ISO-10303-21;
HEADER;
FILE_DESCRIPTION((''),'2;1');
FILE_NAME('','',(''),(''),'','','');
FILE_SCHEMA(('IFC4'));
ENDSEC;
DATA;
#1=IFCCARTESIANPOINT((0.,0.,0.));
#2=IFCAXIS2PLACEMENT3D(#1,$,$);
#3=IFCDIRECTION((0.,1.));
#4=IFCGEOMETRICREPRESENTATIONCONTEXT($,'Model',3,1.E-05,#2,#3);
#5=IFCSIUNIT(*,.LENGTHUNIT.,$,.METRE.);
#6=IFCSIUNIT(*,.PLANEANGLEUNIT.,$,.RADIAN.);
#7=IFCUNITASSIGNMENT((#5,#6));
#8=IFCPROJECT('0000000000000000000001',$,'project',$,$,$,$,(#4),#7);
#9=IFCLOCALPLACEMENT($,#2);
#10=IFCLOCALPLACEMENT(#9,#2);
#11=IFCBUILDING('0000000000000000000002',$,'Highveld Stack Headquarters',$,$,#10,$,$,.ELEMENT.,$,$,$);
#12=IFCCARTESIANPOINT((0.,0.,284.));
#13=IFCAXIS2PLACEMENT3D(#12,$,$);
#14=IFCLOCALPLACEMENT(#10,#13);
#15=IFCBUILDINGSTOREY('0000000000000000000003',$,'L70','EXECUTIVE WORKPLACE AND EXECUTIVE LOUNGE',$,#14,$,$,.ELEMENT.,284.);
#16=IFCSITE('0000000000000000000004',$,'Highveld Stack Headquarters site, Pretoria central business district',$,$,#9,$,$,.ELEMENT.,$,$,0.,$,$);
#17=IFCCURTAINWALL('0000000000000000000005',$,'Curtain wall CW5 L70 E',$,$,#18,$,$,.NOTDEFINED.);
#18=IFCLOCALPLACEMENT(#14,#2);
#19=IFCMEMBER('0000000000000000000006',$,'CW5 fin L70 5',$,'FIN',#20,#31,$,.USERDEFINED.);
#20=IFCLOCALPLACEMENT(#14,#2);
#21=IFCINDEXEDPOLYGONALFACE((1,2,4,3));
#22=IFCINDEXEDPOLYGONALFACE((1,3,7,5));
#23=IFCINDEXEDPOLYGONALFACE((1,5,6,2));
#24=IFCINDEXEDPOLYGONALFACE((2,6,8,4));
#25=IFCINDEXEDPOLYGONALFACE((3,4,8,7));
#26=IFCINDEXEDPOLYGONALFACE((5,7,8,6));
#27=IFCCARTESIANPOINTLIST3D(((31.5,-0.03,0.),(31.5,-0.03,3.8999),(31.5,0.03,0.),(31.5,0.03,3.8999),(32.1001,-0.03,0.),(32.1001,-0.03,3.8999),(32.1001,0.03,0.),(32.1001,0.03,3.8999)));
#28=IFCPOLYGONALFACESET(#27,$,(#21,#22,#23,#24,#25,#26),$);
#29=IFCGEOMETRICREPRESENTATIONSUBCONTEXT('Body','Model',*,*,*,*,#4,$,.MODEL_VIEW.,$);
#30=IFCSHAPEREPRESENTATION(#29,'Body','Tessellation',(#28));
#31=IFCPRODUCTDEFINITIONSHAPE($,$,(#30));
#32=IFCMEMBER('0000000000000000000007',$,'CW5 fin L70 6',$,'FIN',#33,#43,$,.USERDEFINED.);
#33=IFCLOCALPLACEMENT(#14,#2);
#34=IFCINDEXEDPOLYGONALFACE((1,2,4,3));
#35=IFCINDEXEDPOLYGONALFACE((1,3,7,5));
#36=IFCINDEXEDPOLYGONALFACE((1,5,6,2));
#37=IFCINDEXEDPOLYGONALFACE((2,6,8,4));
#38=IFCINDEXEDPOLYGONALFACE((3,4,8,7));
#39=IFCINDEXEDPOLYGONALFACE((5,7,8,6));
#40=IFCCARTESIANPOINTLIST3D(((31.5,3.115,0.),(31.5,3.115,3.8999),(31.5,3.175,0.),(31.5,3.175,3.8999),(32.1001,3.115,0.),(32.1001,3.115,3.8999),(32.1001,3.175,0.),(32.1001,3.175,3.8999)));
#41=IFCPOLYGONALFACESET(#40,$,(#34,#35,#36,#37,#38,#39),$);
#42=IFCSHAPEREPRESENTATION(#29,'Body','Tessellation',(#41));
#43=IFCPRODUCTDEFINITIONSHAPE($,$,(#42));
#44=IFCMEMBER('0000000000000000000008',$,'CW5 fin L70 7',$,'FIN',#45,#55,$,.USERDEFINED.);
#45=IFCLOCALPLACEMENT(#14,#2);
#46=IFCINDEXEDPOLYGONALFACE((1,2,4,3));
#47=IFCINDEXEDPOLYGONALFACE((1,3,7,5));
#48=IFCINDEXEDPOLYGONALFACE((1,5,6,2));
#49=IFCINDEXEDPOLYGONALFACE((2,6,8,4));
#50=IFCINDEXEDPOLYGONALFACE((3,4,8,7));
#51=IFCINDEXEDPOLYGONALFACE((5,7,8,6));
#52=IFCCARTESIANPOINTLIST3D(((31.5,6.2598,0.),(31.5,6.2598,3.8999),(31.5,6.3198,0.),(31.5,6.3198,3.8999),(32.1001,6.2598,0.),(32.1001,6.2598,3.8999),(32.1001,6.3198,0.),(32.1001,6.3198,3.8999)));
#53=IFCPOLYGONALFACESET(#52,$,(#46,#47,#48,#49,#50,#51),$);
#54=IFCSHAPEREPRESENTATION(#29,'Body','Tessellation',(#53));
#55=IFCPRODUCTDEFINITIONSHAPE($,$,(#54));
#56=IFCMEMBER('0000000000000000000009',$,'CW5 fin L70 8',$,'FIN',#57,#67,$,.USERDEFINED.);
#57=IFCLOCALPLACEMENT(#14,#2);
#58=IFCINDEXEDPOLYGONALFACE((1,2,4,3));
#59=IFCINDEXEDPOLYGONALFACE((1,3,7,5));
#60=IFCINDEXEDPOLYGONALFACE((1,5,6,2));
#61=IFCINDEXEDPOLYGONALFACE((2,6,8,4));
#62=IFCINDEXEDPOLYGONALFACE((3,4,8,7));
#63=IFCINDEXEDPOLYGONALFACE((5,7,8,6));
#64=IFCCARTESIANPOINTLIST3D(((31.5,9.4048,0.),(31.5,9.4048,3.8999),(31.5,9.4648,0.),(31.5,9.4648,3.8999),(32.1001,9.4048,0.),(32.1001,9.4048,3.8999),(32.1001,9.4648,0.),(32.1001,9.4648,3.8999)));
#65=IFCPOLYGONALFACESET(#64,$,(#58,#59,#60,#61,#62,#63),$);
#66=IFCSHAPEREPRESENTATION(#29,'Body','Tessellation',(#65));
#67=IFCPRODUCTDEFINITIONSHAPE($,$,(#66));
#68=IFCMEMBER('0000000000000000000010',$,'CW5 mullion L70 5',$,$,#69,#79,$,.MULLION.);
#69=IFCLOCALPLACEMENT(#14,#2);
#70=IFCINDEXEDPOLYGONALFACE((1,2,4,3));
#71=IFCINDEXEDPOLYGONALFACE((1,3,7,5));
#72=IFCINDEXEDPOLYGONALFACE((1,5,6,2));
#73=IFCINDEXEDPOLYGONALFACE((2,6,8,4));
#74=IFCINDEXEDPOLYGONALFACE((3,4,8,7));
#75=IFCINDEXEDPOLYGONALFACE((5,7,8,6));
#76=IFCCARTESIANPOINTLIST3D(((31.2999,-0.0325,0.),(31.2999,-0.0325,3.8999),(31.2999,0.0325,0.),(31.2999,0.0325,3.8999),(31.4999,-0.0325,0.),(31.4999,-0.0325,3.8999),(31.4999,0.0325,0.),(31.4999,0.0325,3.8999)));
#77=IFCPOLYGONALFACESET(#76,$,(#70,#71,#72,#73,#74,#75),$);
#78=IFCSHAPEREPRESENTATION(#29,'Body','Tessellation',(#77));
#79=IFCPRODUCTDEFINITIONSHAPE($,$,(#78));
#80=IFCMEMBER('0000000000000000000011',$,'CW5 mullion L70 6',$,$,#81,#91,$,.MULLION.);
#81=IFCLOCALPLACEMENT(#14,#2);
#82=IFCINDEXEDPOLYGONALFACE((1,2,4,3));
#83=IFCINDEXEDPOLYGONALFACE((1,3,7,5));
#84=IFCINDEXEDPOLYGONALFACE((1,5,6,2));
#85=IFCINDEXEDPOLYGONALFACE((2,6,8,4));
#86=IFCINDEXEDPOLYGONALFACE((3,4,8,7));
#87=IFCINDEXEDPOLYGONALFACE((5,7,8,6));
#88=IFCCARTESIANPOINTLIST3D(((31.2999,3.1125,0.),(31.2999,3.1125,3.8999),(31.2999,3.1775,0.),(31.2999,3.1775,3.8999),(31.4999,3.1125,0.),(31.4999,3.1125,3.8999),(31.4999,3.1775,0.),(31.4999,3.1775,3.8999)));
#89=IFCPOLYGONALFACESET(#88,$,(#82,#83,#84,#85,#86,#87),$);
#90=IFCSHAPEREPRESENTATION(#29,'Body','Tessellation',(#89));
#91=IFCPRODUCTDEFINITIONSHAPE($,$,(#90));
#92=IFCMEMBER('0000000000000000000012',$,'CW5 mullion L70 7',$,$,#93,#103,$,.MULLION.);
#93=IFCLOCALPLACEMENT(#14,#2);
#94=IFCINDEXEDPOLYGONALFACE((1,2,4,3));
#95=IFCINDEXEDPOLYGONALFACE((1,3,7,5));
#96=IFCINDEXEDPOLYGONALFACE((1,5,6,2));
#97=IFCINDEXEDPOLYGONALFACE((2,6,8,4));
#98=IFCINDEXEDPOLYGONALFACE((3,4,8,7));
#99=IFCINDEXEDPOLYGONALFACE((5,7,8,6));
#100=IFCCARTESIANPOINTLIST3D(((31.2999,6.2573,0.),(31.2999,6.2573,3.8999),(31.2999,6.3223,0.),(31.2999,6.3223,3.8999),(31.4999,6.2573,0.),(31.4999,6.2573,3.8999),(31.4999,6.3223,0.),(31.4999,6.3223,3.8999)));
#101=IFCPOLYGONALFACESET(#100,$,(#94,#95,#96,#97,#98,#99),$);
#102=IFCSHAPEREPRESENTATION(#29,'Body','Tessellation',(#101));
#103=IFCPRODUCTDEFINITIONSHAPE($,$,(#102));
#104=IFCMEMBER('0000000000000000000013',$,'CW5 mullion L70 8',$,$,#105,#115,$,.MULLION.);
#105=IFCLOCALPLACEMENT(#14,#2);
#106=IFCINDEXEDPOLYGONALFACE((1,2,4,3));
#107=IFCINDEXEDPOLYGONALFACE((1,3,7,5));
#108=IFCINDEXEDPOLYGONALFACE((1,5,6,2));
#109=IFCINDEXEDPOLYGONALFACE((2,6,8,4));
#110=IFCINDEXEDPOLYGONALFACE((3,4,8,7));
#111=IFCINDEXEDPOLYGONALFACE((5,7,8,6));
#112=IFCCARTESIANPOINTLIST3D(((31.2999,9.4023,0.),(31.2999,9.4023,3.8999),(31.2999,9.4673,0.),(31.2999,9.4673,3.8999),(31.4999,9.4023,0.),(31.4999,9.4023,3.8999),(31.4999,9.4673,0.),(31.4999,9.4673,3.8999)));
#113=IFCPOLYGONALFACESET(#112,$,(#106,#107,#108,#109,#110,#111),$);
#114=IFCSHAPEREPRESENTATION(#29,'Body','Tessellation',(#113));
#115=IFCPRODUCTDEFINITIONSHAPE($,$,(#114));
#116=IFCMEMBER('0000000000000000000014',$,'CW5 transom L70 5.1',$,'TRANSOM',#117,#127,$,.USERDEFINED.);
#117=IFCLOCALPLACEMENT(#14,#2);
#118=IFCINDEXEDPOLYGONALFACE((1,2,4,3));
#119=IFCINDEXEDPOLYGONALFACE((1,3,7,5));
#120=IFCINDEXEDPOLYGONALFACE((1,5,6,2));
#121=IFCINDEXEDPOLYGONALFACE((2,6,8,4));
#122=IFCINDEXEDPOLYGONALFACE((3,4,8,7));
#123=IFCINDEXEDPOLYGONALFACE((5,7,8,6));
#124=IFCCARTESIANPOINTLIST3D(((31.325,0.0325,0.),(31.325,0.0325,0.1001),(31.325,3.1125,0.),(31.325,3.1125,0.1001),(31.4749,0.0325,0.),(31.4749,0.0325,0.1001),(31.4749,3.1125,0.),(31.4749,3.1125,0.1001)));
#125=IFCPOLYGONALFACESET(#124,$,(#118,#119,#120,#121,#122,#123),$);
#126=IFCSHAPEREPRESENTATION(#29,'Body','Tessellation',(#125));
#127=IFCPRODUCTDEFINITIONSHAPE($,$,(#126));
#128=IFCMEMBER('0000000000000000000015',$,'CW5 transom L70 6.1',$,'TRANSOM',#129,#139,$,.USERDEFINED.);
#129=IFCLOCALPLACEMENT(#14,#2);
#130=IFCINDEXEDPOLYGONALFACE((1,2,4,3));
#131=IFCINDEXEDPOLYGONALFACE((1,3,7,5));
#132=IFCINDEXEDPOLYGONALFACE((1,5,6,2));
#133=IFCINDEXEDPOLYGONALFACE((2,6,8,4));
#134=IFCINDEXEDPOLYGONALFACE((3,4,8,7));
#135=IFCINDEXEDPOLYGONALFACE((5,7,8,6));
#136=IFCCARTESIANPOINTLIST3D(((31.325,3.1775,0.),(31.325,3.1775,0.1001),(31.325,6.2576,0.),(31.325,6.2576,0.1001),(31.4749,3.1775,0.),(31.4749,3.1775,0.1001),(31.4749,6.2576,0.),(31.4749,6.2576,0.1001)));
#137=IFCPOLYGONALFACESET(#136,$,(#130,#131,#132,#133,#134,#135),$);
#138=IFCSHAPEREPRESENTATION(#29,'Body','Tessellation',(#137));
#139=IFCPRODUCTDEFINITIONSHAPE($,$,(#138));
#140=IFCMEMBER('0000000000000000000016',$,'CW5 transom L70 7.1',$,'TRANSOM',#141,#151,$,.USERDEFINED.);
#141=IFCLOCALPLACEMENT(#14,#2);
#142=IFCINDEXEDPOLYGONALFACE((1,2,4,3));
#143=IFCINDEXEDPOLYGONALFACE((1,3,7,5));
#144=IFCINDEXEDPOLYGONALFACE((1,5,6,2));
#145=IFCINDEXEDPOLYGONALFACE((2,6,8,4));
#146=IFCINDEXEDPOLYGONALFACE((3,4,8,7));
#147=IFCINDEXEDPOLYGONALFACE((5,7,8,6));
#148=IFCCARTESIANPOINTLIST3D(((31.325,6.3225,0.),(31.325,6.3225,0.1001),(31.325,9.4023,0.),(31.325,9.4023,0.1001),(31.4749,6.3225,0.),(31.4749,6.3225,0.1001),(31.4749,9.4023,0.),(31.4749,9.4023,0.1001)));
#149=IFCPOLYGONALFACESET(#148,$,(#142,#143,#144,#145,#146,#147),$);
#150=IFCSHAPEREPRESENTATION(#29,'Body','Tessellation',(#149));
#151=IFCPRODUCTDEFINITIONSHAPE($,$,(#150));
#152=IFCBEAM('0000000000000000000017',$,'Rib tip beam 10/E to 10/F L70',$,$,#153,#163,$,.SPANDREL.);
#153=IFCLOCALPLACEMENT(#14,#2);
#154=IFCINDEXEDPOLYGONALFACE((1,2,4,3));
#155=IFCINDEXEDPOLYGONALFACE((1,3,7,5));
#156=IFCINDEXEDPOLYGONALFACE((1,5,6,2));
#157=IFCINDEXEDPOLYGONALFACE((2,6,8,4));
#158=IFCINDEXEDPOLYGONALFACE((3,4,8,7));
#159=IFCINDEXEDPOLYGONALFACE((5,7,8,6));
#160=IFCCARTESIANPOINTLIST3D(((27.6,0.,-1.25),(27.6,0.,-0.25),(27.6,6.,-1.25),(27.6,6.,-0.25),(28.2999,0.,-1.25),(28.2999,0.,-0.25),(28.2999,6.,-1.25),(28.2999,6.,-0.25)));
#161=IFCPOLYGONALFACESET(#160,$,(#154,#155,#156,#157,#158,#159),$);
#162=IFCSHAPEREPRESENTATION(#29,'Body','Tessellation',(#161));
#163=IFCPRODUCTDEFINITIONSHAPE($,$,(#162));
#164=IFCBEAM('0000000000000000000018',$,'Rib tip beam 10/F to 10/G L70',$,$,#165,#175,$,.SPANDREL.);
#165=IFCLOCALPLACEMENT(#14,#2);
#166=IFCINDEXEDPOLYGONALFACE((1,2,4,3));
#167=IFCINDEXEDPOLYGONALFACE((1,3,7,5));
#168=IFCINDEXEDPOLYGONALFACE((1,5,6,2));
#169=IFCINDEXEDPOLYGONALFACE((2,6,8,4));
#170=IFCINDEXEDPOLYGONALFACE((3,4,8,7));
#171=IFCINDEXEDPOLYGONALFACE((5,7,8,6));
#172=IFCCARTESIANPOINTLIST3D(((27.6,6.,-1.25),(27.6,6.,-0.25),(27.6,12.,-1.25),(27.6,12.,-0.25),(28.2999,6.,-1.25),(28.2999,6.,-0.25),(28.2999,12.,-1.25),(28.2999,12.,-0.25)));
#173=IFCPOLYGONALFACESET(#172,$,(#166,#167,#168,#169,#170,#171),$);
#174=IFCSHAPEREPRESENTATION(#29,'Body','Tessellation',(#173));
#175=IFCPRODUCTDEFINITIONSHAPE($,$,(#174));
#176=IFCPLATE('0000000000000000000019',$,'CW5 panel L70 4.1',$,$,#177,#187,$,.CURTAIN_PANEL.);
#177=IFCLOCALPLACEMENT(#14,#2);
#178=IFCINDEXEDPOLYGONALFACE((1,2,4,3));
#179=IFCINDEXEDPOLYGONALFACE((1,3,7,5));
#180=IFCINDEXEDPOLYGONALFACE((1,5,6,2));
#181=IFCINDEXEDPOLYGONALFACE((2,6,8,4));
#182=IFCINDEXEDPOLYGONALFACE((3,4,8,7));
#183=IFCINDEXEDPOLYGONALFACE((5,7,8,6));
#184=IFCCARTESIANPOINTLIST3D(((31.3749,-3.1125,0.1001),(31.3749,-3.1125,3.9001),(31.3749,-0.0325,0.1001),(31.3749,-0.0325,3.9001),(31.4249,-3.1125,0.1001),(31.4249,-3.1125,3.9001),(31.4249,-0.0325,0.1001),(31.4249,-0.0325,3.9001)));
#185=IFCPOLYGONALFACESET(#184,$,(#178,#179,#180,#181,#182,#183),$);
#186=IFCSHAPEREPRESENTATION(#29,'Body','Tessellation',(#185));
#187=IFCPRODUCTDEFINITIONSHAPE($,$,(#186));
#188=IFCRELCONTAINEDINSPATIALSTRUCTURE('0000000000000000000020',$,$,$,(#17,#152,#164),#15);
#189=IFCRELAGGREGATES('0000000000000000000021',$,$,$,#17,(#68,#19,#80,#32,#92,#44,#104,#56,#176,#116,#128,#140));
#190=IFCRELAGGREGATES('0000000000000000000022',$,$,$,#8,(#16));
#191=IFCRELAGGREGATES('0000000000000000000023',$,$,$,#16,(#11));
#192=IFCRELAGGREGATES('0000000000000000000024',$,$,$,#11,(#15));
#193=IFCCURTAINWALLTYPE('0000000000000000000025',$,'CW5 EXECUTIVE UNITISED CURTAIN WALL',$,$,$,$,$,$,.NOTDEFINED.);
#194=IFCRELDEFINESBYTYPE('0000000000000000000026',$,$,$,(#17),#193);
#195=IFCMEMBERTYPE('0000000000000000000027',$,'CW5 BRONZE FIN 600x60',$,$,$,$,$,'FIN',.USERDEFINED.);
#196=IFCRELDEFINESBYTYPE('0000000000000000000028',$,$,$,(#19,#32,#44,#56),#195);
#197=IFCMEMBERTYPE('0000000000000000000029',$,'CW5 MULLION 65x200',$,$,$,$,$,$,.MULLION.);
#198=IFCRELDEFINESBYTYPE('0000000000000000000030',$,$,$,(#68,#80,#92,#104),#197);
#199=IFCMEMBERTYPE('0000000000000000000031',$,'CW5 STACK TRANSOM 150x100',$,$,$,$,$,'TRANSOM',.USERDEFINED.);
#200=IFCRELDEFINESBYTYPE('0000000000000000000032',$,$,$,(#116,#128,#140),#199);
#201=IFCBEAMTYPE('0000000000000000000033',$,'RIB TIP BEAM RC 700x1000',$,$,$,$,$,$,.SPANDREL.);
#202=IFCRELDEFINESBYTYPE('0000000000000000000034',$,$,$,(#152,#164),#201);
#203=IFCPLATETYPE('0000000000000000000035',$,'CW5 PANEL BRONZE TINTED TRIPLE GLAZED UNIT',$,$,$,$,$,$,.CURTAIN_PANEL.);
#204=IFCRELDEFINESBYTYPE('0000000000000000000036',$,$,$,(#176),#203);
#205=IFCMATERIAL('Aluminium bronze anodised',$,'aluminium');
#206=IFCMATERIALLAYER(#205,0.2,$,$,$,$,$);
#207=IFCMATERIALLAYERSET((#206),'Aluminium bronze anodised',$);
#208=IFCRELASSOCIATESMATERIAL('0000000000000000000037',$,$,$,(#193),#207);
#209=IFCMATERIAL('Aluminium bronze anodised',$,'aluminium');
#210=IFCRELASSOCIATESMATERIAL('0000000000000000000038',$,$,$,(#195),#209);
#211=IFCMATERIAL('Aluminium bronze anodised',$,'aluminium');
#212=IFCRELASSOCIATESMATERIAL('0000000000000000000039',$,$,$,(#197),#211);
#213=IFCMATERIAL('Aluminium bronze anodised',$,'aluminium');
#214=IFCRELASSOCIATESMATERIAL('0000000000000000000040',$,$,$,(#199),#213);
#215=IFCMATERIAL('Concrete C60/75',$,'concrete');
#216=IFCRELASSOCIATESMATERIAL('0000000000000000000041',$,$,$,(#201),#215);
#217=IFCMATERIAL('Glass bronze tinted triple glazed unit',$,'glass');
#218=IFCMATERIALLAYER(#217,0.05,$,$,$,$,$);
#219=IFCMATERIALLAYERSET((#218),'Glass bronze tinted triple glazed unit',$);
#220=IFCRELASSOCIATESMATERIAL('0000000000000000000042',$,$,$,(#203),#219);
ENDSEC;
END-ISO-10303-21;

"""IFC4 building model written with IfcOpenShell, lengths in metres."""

from ifc_helpers import new_model, si_unit, direction, frame, origin, origin_2d, place, context, subcontext, project, spatial, rectangle, extrude, material, layer, layer_set, material_profile, profile_set, type_object, element, aggregate, save


model = new_model("IFC4")

# Units and contexts
model_context = context("Model", 3, precision=1e-05, world=origin(), true_north=direction((0.0, 1.0)))
body_context = subcontext(model_context, "Body", "Model", "MODEL_VIEW")
ifc_project = project(units=[si_unit("LENGTHUNIT", "METRE"), si_unit("PLANEANGLEUNIT", "RADIAN")], contexts=[model_context])

# Site, building, storey
site_placement = place(None, origin())
site = spatial("IfcSite", under=ifc_project, at=site_placement, Name="Highveld Stack Headquarters site, Pretoria central business district", CompositionType="ELEMENT", RefElevation=0.0)
building_placement = place(site_placement, origin())
building = spatial("IfcBuilding", under=site, at=building_placement, Name="Highveld Stack Headquarters", CompositionType="ELEMENT")
storey_placement = place(building_placement, frame((0.0, 0.0, 284.0)))
storey = spatial("IfcBuildingStorey", under=building, at=storey_placement, Name="L70", Description="EXECUTIVE WORKPLACE AND EXECUTIVE LOUNGE", CompositionType="ELEMENT", Elevation=284.0)

# Curtain wall, members
ifc_material_1 = material(Name="Aluminium bronze anodised", Category="aluminium")
ifc_layer_1 = layer(ifc_material_1, 0.2)
ifc_layer_set_1 = layer_set([ifc_layer_1], Name="Aluminium bronze anodised")
curtain_wall_type = type_object("IfcCurtainWallType", Name="CW5 EXECUTIVE UNITISED CURTAIN WALL", PredefinedType="NOTDEFINED", material=ifc_layer_set_1)
curtain_wall_placement = place(storey_placement, origin())
curtain_wall = element("IfcCurtainWall", 1, at=curtain_wall_placement, inside=storey, type_object=curtain_wall_type, Name="Curtain wall CW5 L70 E", PredefinedType="NOTDEFINED")
ifc_material_2 = material(Name="Aluminium bronze anodised", Category="aluminium")
ifc_material_profile_1 = material_profile(ifc_material_2, rectangle(XDim=0.6001, YDim=0.0601, at=origin_2d()), Name="FIN 600x60")
ifc_profile_set_1 = profile_set([ifc_material_profile_1], Name="Aluminium bronze anodised")
member_type_1 = type_object("IfcMemberType", Name="CW5 BRONZE FIN 600x60", ElementType="FIN", PredefinedType="USERDEFINED", material=ifc_profile_set_1)
member_1_placement = place(storey_placement, frame((31.8, 0.0, 0.0), z_axis=(0.0, 0.0, 1.0), x_axis=(-1.0, 0.0, 0.0)))
member_1 = element("IfcMember", 2, at=member_1_placement, type_object=member_type_1, Name="CW5 fin L70 5", ObjectType="FIN", PredefinedType="USERDEFINED", context=body_context, shape_type="SweptSolid", body=[
    extrude(rectangle(XDim=0.6001, YDim=0.0601, at=origin_2d()), origin(), (0.0, 0.0, 1.0), 3.8999),
])
member_2_placement = place(storey_placement, frame((31.8, 3.145, 0.0), z_axis=(0.0, 0.0, 1.0), x_axis=(-1.0, 0.0, 0.0)))
member_2 = element("IfcMember", 3, at=member_2_placement, type_object=member_type_1, Name="CW5 fin L70 6", ObjectType="FIN", PredefinedType="USERDEFINED", context=body_context, shape_type="SweptSolid", body=[
    extrude(rectangle(XDim=0.6001, YDim=0.0601, at=origin_2d()), origin(), (0.0, 0.0, 1.0), 3.8999),
])
member_3_placement = place(storey_placement, frame((31.8, 6.2898, 0.0), z_axis=(0.0, 0.0, 1.0), x_axis=(-1.0, 0.0, 0.0)))
member_3 = element("IfcMember", 4, at=member_3_placement, type_object=member_type_1, Name="CW5 fin L70 7", ObjectType="FIN", PredefinedType="USERDEFINED", context=body_context, shape_type="SweptSolid", body=[
    extrude(rectangle(XDim=0.6001, YDim=0.0601, at=origin_2d()), origin(), (0.0, 0.0, 1.0), 3.8999),
])
member_4_placement = place(storey_placement, frame((31.8, 9.4348, 0.0), z_axis=(0.0, 0.0, 1.0), x_axis=(-1.0, 0.0, 0.0)))
member_4 = element("IfcMember", 5, at=member_4_placement, type_object=member_type_1, Name="CW5 fin L70 8", ObjectType="FIN", PredefinedType="USERDEFINED", context=body_context, shape_type="SweptSolid", body=[
    extrude(rectangle(XDim=0.6001, YDim=0.0601, at=origin_2d()), origin(), (0.0, 0.0, 1.0), 3.8999),
])
ifc_material_3 = material(Name="Aluminium bronze anodised", Category="aluminium")
ifc_material_profile_2 = material_profile(ifc_material_3, rectangle(XDim=0.2, YDim=0.0649, at=origin_2d()), Name="CW5 MULLION 65x200")
ifc_profile_set_2 = profile_set([ifc_material_profile_2], Name="Aluminium bronze anodised")
member_type_2 = type_object("IfcMemberType", Name="CW5 MULLION 65x200", PredefinedType="MULLION", material=ifc_profile_set_2)
member_5_placement = place(storey_placement, frame((31.3999, 0.0, 0.0), z_axis=(0.0, 0.0, 1.0), x_axis=(-1.0, 0.0, 0.0)))
member_5 = element("IfcMember", 6, at=member_5_placement, type_object=member_type_2, Name="CW5 mullion L70 5", PredefinedType="MULLION", context=body_context, shape_type="SweptSolid", body=[
    extrude(rectangle(XDim=0.2, YDim=0.0649, at=origin_2d()), origin(), (0.0, 0.0, 1.0), 3.8999),
])
member_6_placement = place(storey_placement, frame((31.3999, 3.145, 0.0), z_axis=(0.0, 0.0, 1.0), x_axis=(-1.0, 0.0, 0.0)))
member_6 = element("IfcMember", 7, at=member_6_placement, type_object=member_type_2, Name="CW5 mullion L70 6", PredefinedType="MULLION", context=body_context, shape_type="SweptSolid", body=[
    extrude(rectangle(XDim=0.2, YDim=0.0649, at=origin_2d()), origin(), (0.0, 0.0, 1.0), 3.8999),
])
member_7_placement = place(storey_placement, frame((31.3999, 6.2898, 0.0), z_axis=(0.0, 0.0, 1.0), x_axis=(-1.0, 0.0, 0.0)))
member_7 = element("IfcMember", 8, at=member_7_placement, type_object=member_type_2, Name="CW5 mullion L70 7", PredefinedType="MULLION", context=body_context, shape_type="SweptSolid", body=[
    extrude(rectangle(XDim=0.2, YDim=0.0649, at=origin_2d()), origin(), (0.0, 0.0, 1.0), 3.8999),
])
member_8_placement = place(storey_placement, frame((31.3999, 9.4348, 0.0), z_axis=(0.0, 0.0, 1.0), x_axis=(-1.0, 0.0, 0.0)))
member_8 = element("IfcMember", 9, at=member_8_placement, type_object=member_type_2, Name="CW5 mullion L70 8", PredefinedType="MULLION", context=body_context, shape_type="SweptSolid", body=[
    extrude(rectangle(XDim=0.2, YDim=0.0649, at=origin_2d()), origin(), (0.0, 0.0, 1.0), 3.8999),
])
ifc_material_4 = material(Name="Aluminium bronze anodised", Category="aluminium")
ifc_material_profile_3 = material_profile(ifc_material_4, rectangle(XDim=0.1499, YDim=0.1001, at=origin_2d()), Name="CW5 TRANSOM 150x100")
ifc_profile_set_3 = profile_set([ifc_material_profile_3], Name="Aluminium bronze anodised")
member_type_3 = type_object("IfcMemberType", Name="CW5 STACK TRANSOM 150x100", ElementType="TRANSOM", PredefinedType="USERDEFINED", material=ifc_profile_set_3)
member_9_placement = place(storey_placement, frame((31.3999, 0.0325, 0.05), z_axis=(0.0, 1.0, 0.0), x_axis=(-1.0, 0.0, 0.0)))
member_9 = element("IfcMember", 10, at=member_9_placement, type_object=member_type_3, Name="CW5 transom L70 5.1", ObjectType="TRANSOM", PredefinedType="USERDEFINED", context=body_context, shape_type="SweptSolid", body=[
    extrude(rectangle(XDim=0.1499, YDim=0.1001, at=origin_2d()), origin(), (0.0, 0.0, 1.0), 3.0801),
])
member_10_placement = place(storey_placement, frame((31.3999, 3.1775, 0.05), z_axis=(0.0, 1.0, 0.0), x_axis=(-1.0, 0.0, 0.0)))
member_10 = element("IfcMember", 11, at=member_10_placement, type_object=member_type_3, Name="CW5 transom L70 6.1", ObjectType="TRANSOM", PredefinedType="USERDEFINED", context=body_context, shape_type="SweptSolid", body=[
    extrude(rectangle(XDim=0.1499, YDim=0.1001, at=origin_2d()), origin(), (0.0, 0.0, 1.0), 3.0801),
])
member_11_placement = place(storey_placement, frame((31.3999, 6.3225, 0.05), z_axis=(0.0, 1.0, 0.0), x_axis=(-1.0, 0.0, 0.0)))
member_11 = element("IfcMember", 12, at=member_11_placement, type_object=member_type_3, Name="CW5 transom L70 7.1", ObjectType="TRANSOM", PredefinedType="USERDEFINED", context=body_context, shape_type="SweptSolid", body=[
    extrude(rectangle(XDim=0.1499, YDim=0.1001, at=origin_2d()), origin(), (0.0, 0.0, 1.0), 3.0798),
])

# Beams
ifc_material_5 = material(Name="Concrete C60/75", Category="concrete")
ifc_material_profile_4 = material_profile(ifc_material_5, rectangle(XDim=0.7, YDim=1.0, at=origin_2d()), Name="RC 700x1000")
ifc_profile_set_4 = profile_set([ifc_material_profile_4], Name="Concrete C60/75")
beam_type = type_object("IfcBeamType", Name="RIB TIP BEAM RC 700x1000", PredefinedType="SPANDREL", material=ifc_profile_set_4)
for number, where, z_axis, x_axis, name in (
    (13, (27.95, 0.0, -0.75), (0.0, 1.0, 0.0), (-1.0, 0.0, 0.0), "Rib tip beam 10/E to 10/F L70"),
    (14, (27.95, 6.0, -0.75), (0.0, 1.0, 0.0), (-1.0, 0.0, 0.0), "Rib tip beam 10/F to 10/G L70"),
):
    element("IfcBeam", number, at=place(storey_placement, frame(where, z_axis=z_axis, x_axis=x_axis)), inside=storey, type_object=beam_type, Name=name, PredefinedType="SPANDREL", context=body_context, shape_type="SweptSolid", body=[
        extrude(rectangle(XDim=0.7, YDim=1.0, at=origin_2d()), origin(), (0.0, 0.0, 1.0), 6.0),
    ])

# Plate
ifc_material_6 = material(Name="Glass bronze tinted triple glazed unit", Category="glass")
ifc_layer_2 = layer(ifc_material_6, 0.05)
ifc_layer_set_2 = layer_set([ifc_layer_2], Name="Glass bronze tinted triple glazed unit")
plate_type = type_object("IfcPlateType", Name="CW5 PANEL BRONZE TINTED TRIPLE GLAZED UNIT", PredefinedType="CURTAIN_PANEL", material=ifc_layer_set_2)
plate_1_placement = place(storey_placement, frame((31.3999, -1.5725, 0.1001), z_axis=(0.0, 0.0, 1.0), x_axis=(0.0, 1.0, 0.0)))
plate_1 = element("IfcPlate", 15, at=plate_1_placement, type_object=plate_type, Name="CW5 panel L70 4.1", PredefinedType="CURTAIN_PANEL", context=body_context, shape_type="SweptSolid", body=[
    extrude(rectangle(XDim=3.0801, YDim=0.05, at=origin_2d()), origin(), (0.0, 0.0, 1.0), 3.8),
])
aggregate(curtain_wall, [member_5, member_1, member_6, member_2, member_7, member_3, member_8, member_4, plate_1, member_9, member_10, member_11])

save(model, "model.ifc")
